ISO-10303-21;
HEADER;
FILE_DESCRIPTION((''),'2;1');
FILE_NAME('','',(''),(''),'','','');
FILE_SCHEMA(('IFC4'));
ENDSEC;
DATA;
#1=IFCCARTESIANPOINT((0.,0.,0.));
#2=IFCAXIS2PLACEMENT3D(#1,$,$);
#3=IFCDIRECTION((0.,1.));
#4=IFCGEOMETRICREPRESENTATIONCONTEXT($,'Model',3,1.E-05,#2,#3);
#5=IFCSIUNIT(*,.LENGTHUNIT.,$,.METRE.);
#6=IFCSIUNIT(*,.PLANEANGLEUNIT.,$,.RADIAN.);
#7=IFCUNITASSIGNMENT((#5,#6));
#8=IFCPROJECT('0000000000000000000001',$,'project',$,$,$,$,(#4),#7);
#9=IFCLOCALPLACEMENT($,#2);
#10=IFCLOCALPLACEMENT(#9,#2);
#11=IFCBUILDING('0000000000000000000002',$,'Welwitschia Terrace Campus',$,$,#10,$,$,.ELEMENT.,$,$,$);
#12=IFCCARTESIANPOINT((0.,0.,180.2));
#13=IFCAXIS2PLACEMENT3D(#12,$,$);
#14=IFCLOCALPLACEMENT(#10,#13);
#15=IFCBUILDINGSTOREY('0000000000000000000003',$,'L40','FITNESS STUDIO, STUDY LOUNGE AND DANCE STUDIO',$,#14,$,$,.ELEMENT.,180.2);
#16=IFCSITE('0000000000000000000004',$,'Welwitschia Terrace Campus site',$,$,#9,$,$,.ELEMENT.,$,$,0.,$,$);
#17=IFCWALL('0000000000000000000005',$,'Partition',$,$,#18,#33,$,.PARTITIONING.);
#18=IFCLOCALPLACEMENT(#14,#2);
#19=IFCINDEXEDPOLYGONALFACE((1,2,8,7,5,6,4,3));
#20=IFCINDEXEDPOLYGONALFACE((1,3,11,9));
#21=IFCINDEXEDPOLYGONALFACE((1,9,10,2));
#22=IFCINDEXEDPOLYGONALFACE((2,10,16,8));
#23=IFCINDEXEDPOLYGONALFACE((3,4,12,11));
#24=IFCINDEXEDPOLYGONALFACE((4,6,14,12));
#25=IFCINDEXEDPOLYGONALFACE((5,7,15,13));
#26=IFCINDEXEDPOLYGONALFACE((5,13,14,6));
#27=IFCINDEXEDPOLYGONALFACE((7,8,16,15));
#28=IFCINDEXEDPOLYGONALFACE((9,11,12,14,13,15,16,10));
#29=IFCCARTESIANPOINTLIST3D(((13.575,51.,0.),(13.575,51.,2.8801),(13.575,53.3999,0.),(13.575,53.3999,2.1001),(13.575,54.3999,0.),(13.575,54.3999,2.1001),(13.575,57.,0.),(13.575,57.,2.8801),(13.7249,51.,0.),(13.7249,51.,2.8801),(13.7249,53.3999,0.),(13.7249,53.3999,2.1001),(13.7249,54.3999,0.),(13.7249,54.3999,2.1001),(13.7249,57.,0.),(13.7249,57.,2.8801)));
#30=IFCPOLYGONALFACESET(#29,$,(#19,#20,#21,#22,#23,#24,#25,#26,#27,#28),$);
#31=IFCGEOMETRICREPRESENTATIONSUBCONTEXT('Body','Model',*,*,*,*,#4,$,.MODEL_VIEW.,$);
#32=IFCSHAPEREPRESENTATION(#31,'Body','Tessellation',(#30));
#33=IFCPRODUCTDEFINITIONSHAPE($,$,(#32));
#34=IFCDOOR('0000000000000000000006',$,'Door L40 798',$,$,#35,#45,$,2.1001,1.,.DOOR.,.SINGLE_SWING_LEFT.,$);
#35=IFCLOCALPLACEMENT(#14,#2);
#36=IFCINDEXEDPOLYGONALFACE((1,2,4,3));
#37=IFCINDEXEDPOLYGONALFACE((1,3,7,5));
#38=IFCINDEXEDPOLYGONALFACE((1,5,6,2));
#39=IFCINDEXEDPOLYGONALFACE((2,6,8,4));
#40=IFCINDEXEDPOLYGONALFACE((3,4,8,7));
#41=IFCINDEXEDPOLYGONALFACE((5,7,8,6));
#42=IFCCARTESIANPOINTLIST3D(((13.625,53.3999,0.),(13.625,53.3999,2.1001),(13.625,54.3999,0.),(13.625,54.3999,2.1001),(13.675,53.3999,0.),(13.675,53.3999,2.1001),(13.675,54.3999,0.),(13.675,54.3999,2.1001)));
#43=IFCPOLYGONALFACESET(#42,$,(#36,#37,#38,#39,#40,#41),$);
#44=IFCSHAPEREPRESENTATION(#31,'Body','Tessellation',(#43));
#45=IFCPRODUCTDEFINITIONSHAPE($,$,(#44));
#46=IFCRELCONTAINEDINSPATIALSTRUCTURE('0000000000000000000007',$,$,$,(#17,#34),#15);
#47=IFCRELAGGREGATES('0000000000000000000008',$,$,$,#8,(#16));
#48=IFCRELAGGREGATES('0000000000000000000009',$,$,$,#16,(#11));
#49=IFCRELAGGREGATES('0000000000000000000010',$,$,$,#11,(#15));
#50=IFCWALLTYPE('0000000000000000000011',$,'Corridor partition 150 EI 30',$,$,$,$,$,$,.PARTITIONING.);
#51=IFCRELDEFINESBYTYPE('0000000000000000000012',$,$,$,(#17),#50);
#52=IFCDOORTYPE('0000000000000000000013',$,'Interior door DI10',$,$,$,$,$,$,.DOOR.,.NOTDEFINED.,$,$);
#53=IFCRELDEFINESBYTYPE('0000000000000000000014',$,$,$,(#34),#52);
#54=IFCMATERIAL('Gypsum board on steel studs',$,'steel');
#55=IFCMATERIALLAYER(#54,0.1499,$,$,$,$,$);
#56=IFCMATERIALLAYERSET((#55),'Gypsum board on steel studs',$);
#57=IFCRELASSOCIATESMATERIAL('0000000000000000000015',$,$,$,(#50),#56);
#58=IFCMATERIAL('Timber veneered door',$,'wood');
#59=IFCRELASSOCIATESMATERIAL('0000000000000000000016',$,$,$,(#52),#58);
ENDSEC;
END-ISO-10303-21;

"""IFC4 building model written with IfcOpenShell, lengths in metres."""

from ifc_helpers import new_model, si_unit, direction, frame, frame_2d, origin, place, context, subcontext, project, spatial, rectangle, extrude, material, layer, layer_set, type_object, element, fill, save


model = new_model("IFC4")

# Units and contexts
model_context = context("Model", 3, precision=1e-05, world=origin(), true_north=direction((0.0, 1.0)))
body_context = subcontext(model_context, "Body", "Model", "MODEL_VIEW")
ifc_project = project(units=[si_unit("LENGTHUNIT", "METRE"), si_unit("PLANEANGLEUNIT", "RADIAN")], contexts=[model_context])

# Site, building, storey
site_placement = place(None, origin())
site = spatial("IfcSite", under=ifc_project, at=site_placement, Name="Welwitschia Terrace Campus site", CompositionType="ELEMENT", RefElevation=0.0)
building_placement = place(site_placement, origin())
building = spatial("IfcBuilding", under=site, at=building_placement, Name="Welwitschia Terrace Campus", CompositionType="ELEMENT")
storey_placement = place(building_placement, frame((0.0, 0.0, 180.2)))
storey = spatial("IfcBuildingStorey", under=building, at=storey_placement, Name="L40", Description="FITNESS STUDIO, STUDY LOUNGE AND DANCE STUDIO", CompositionType="ELEMENT", Elevation=180.2)

# Shared definitions
ifc_material_1 = material(Name="Gypsum board on steel studs", Category="steel")
ifc_layer_1 = layer(ifc_material_1, 0.1499)
ifc_layer_set_1 = layer_set([ifc_layer_1], Name="Gypsum board on steel studs")
wall_type = type_object("IfcWallType", Name="Corridor partition 150 EI 30", PredefinedType="PARTITIONING", material=ifc_layer_set_1)

# Wall, opening, door
wall_1_placement = place(storey_placement, frame((13.6499, 51.0, 0.0), z_axis=(0.0, 0.0, 1.0), x_axis=(0.0, 1.0, 0.0)))
wall_1 = element("IfcWall", 1, at=wall_1_placement, inside=storey, type_object=wall_type, Name="Partition", PredefinedType="PARTITIONING", context=body_context, shape_type="SweptSolid", body=[
    extrude(rectangle(XDim=6.0, YDim=0.1499, at=frame_2d((3.0, 0.0))), origin(), (0.0, 0.0, 1.0), 2.8801),
])
opening_1_placement = place(wall_1_placement, frame((2.3999, 0.0, 0.0)))
opening_1 = element("IfcOpeningElement", 2, at=opening_1_placement, cuts=wall_1, PredefinedType="OPENING", context=body_context, shape_type="SweptSolid", body=[
    extrude(rectangle(XDim=1.0, YDim=2.1001, at=frame_2d((0.5, 1.05))), frame((0.0, 0.085, 0.0), z_axis=(0.0, -1.0, 0.0), x_axis=(1.0, 0.0, 0.0)), (0.0, 0.0, 1.0), 0.1699),
])
ifc_material_2 = material(Name="Timber veneered door", Category="wood")
door_type_1 = type_object("IfcDoorType", Name="Interior door DI10", OperationType="NOTDEFINED", PredefinedType="DOOR", material=ifc_material_2)
door_1_placement = place(opening_1_placement, origin())
door_1 = element("IfcDoor", 3, at=door_1_placement, inside=storey, type_object=door_type_1, Name="Door L40 798", OperationType="SINGLE_SWING_LEFT", OverallHeight=2.1001, OverallWidth=1.0, PredefinedType="DOOR", context=body_context, shape_type="SweptSolid", body=[
    extrude(rectangle(XDim=1.0, YDim=2.1001, at=frame_2d((0.5, 1.05))), frame((0.0, 0.0249, 0.0), z_axis=(0.0, -1.0, 0.0), x_axis=(1.0, 0.0, 0.0)), (0.0, 0.0, 1.0), 0.05),
])
fill(opening_1, door_1)

save(model, "model.ifc")
